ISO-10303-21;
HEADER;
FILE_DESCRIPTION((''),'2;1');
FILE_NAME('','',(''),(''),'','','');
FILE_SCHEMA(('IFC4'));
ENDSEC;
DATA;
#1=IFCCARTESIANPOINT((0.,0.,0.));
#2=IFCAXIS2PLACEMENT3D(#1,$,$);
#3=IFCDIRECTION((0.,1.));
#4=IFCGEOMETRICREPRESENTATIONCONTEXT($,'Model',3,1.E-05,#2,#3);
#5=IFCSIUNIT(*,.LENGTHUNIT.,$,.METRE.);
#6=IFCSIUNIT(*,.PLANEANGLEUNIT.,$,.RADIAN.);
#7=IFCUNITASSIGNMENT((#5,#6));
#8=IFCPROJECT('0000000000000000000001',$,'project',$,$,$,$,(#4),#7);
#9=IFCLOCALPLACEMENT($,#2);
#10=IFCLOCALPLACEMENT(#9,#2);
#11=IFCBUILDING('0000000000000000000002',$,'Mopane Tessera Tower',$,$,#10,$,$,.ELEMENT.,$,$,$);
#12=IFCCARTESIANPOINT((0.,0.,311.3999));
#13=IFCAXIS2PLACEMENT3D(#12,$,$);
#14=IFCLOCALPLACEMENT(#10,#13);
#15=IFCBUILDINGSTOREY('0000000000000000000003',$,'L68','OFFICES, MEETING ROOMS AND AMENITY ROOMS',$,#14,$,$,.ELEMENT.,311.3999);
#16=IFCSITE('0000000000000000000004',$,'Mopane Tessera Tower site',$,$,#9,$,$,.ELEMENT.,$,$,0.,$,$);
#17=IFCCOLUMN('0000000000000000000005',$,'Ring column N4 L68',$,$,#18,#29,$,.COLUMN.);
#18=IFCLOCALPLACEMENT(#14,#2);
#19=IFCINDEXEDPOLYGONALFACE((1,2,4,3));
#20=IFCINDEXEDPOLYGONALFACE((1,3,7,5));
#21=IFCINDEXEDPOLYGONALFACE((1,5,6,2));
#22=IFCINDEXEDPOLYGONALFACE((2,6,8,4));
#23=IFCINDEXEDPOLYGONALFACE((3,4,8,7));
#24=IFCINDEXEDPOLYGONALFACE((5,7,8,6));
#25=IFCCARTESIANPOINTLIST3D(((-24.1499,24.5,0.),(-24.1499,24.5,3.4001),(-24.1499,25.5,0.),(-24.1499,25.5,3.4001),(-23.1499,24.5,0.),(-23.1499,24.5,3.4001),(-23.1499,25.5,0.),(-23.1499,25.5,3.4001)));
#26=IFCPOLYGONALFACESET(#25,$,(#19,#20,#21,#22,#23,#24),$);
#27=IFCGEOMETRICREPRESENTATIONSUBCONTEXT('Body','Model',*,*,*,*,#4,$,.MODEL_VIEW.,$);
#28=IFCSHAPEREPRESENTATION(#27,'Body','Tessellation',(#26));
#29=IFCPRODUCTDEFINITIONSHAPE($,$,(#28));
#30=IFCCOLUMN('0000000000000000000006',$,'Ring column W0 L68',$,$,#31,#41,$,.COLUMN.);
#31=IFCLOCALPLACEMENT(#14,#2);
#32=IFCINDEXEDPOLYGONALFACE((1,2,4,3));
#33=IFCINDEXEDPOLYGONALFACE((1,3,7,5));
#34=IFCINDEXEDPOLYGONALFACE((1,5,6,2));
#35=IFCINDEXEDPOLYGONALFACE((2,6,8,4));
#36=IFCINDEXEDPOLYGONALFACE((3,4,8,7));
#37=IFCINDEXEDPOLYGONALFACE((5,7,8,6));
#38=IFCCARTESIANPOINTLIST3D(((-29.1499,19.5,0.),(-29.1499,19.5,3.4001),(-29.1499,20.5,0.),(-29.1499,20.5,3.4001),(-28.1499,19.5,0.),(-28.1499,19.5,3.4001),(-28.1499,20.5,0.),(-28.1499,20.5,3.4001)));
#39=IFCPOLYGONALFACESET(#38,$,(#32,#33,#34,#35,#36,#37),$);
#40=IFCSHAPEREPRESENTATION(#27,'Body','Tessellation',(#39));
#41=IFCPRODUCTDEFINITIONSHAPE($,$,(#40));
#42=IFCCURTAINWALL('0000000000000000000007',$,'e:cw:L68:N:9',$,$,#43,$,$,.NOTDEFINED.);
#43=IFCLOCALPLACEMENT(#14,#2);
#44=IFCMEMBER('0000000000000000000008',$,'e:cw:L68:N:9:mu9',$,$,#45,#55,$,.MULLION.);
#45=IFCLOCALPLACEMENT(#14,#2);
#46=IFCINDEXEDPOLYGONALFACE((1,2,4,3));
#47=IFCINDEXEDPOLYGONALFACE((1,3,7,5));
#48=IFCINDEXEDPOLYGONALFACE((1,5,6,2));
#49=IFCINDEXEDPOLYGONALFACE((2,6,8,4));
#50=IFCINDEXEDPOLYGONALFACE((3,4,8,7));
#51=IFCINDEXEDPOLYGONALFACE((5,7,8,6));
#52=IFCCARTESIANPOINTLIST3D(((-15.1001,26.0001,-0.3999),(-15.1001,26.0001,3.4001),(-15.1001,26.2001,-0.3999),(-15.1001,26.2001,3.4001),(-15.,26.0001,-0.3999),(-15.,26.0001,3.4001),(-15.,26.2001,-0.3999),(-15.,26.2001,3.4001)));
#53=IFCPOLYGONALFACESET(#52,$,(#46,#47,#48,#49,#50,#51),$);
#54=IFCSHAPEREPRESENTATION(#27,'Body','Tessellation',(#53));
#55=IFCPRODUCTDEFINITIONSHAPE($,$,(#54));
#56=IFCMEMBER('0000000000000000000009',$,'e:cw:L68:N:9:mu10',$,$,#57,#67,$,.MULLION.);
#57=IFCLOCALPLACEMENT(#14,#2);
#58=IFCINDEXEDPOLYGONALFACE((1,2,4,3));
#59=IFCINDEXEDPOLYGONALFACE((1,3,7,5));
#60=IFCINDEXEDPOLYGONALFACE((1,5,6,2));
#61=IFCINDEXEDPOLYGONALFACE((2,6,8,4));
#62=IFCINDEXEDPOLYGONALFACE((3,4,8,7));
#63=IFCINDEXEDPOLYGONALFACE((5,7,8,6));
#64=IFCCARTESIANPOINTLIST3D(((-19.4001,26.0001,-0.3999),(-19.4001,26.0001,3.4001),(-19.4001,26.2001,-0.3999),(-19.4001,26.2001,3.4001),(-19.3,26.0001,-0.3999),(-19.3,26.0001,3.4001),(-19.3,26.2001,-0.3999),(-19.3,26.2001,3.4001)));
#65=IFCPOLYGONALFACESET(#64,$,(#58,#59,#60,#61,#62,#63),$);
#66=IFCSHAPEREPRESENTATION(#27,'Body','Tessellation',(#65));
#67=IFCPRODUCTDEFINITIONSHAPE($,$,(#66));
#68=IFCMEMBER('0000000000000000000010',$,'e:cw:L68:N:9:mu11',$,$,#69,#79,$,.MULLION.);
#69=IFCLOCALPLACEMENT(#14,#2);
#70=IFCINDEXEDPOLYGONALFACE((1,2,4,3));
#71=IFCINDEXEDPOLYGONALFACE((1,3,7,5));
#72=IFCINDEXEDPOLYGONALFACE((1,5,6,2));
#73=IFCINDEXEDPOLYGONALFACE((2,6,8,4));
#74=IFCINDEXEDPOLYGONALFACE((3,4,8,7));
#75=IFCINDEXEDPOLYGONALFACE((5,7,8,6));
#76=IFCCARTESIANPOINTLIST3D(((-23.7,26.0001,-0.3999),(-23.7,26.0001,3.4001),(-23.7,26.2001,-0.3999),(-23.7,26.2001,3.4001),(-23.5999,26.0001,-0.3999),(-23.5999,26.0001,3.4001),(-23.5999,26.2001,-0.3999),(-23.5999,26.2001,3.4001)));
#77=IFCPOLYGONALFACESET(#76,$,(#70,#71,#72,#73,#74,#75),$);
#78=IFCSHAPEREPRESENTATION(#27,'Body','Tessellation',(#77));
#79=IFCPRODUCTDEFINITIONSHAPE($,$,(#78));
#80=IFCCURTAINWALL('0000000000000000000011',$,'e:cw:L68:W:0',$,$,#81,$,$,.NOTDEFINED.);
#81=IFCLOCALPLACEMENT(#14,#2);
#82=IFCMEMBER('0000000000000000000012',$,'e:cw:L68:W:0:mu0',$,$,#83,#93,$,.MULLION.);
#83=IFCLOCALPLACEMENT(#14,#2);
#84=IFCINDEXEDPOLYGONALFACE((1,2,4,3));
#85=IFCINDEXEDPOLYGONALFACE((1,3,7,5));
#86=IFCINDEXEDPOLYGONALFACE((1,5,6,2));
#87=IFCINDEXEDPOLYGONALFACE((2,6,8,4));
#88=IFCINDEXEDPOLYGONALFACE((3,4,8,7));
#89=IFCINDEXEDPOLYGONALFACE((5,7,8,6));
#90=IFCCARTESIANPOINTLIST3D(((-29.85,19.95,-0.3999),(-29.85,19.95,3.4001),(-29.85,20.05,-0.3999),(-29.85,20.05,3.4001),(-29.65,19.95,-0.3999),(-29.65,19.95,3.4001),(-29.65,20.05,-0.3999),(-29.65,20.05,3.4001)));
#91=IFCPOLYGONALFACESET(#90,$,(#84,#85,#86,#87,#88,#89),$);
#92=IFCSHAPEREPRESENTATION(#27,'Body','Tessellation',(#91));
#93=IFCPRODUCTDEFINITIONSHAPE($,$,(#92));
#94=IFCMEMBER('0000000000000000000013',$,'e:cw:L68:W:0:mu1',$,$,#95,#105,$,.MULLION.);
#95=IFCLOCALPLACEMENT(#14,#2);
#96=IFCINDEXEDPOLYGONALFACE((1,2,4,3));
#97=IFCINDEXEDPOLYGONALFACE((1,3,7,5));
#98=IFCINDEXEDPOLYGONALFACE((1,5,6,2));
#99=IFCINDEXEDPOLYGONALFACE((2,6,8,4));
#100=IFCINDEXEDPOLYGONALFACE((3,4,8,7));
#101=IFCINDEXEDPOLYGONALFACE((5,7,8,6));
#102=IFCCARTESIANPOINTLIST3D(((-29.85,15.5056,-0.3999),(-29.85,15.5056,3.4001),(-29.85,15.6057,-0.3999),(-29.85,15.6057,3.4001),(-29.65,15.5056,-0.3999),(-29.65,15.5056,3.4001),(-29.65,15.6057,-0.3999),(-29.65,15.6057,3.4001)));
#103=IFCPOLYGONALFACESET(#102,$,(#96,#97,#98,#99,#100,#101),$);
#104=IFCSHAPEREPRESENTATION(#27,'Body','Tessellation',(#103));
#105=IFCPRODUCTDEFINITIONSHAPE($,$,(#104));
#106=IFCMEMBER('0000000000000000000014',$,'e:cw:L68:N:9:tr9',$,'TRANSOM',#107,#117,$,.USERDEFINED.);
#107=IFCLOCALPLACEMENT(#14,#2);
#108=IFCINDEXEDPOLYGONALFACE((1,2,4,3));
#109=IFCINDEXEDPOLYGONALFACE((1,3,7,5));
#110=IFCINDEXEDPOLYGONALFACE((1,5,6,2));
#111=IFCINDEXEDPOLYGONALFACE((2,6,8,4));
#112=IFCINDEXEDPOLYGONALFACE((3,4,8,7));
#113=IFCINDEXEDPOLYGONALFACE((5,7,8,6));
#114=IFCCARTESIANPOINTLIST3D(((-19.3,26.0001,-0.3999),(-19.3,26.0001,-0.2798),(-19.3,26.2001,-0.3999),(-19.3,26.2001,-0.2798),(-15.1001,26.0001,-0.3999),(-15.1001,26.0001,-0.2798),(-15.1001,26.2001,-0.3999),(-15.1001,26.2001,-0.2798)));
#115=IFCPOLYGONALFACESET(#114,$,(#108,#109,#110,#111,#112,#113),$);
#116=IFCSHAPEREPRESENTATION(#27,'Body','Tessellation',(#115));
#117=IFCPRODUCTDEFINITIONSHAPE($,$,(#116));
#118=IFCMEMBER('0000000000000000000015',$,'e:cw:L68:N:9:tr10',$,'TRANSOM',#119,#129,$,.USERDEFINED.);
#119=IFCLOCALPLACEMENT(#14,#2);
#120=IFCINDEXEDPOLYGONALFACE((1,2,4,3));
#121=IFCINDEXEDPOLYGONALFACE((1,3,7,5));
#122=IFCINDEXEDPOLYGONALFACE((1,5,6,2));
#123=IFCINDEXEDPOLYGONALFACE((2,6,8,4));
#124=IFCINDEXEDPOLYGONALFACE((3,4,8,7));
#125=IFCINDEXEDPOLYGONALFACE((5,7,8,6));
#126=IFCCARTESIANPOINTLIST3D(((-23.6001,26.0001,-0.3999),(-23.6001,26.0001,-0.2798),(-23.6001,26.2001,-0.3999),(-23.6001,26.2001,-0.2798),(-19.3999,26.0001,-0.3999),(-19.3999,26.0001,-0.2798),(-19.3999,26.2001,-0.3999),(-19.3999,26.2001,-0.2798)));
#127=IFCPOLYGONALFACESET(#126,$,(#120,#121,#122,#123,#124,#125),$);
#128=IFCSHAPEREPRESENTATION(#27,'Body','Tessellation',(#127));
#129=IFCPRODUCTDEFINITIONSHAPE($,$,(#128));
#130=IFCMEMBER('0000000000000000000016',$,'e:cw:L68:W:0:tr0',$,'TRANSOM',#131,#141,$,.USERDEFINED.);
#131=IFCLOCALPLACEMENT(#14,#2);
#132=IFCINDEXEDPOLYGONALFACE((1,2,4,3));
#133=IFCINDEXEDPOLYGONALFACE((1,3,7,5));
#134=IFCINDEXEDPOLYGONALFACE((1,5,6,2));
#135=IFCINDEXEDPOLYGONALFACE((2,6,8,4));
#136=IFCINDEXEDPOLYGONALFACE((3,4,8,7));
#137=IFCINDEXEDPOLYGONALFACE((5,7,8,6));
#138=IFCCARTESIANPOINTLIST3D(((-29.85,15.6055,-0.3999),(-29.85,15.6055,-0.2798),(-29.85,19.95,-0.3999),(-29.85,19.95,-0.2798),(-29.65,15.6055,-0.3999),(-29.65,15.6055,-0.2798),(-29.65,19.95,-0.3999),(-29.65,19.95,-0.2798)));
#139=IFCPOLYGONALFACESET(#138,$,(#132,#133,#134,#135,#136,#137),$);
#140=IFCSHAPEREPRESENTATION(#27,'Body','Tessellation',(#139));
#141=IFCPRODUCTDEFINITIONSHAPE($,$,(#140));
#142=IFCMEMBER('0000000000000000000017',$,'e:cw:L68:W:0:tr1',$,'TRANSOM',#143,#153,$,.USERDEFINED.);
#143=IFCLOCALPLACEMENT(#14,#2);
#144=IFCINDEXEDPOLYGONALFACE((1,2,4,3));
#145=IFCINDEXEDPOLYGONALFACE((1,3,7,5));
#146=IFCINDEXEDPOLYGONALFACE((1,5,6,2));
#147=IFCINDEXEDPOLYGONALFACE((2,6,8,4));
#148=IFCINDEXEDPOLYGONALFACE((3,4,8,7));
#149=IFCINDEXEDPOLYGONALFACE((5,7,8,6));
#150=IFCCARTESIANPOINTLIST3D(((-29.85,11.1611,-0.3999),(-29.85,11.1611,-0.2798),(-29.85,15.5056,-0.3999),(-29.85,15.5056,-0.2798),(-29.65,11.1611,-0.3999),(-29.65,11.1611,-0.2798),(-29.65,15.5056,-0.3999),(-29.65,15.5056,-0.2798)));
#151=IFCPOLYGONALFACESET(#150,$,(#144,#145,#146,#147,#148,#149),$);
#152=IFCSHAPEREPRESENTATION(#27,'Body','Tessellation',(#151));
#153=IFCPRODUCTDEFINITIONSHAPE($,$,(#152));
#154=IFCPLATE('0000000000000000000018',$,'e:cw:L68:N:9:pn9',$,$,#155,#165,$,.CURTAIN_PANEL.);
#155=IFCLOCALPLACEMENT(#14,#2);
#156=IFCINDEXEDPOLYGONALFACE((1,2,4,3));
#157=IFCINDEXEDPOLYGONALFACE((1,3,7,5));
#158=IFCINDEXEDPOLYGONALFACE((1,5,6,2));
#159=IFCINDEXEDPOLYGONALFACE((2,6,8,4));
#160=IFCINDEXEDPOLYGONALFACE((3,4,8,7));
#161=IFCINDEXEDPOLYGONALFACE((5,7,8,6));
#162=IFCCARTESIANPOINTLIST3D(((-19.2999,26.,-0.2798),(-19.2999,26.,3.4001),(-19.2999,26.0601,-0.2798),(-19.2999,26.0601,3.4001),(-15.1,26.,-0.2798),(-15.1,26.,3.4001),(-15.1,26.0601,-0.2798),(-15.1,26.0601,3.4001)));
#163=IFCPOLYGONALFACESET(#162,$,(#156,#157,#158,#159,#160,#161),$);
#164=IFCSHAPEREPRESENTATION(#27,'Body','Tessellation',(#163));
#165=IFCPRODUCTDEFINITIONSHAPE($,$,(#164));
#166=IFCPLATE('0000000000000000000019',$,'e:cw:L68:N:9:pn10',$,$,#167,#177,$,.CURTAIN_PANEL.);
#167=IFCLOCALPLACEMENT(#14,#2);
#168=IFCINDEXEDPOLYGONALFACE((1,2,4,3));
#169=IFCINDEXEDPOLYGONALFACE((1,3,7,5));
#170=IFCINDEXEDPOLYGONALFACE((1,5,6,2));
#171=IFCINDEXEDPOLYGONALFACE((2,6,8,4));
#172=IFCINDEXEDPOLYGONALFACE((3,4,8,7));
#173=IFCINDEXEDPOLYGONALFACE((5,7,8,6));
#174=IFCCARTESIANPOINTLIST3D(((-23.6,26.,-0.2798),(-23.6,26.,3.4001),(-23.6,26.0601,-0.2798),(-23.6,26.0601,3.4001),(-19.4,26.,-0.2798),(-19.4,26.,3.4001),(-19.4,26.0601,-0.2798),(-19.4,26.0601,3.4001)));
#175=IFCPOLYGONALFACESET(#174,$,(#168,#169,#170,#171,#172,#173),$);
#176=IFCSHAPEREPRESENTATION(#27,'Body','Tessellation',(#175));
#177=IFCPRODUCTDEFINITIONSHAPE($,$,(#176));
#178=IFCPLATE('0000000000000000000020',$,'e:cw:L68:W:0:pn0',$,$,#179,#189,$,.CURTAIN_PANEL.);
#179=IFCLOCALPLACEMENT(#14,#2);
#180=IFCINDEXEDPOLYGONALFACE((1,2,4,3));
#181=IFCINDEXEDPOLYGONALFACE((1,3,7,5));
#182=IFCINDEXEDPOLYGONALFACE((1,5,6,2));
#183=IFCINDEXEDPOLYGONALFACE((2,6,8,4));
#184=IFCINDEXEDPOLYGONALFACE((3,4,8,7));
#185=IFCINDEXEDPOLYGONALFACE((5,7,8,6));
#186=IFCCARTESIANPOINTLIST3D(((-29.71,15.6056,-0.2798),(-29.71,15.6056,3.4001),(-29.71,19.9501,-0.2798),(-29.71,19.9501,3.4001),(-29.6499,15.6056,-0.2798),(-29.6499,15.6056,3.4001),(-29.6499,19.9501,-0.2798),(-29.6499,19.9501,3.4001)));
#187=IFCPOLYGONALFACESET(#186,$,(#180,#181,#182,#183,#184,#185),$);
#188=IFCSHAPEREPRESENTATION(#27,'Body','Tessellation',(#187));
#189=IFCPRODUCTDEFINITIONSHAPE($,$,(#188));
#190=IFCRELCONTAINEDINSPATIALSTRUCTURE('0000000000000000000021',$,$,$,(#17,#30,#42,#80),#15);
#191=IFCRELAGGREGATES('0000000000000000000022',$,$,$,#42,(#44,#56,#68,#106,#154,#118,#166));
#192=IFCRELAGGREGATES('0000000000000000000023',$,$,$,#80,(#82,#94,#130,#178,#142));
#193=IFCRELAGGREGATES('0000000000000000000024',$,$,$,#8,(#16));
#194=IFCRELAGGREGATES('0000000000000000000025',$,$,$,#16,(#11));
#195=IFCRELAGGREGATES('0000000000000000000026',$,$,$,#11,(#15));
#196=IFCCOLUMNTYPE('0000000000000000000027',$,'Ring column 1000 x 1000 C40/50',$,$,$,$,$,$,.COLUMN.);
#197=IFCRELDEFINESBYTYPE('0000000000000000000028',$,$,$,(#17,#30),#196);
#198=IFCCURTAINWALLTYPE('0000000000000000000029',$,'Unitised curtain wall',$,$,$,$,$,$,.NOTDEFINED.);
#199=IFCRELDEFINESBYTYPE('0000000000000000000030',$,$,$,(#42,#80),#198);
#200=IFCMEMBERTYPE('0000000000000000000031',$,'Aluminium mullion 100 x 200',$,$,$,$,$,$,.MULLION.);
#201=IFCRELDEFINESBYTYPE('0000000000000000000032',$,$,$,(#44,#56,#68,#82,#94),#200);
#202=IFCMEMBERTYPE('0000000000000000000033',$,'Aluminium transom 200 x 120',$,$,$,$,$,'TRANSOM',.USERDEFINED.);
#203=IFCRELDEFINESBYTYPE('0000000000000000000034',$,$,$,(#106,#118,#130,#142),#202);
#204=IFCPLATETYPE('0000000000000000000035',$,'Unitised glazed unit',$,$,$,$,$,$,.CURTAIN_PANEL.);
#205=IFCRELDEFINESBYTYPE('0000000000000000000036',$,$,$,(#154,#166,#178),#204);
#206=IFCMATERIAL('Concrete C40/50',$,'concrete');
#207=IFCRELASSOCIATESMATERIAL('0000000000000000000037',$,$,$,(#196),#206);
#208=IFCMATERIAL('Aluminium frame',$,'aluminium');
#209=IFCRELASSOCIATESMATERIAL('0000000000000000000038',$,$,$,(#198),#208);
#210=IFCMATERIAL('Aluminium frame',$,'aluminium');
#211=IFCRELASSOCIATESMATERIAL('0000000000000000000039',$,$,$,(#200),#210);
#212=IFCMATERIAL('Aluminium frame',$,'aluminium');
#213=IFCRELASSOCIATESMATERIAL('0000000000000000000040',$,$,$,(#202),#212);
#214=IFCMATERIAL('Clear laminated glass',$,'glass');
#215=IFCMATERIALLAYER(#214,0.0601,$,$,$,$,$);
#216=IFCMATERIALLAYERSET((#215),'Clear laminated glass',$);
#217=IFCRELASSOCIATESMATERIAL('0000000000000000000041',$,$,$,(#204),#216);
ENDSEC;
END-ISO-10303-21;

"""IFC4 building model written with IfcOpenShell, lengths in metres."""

from ifc_helpers import new_model, si_unit, direction, frame, origin, origin_2d, place, context, subcontext, project, spatial, rectangle, extrude, material, layer, layer_set, material_profile, profile_set, type_object, element, aggregate, save


model = new_model("IFC4")

# Units and contexts
model_context = context("Model", 3, precision=1e-05, world=origin(), true_north=direction((0.0, 1.0)))
body_context = subcontext(model_context, "Body", "Model", "MODEL_VIEW")
ifc_project = project(units=[si_unit("LENGTHUNIT", "METRE"), si_unit("PLANEANGLEUNIT", "RADIAN")], contexts=[model_context])

# Site, building, storey
site_placement = place(None, origin())
site = spatial("IfcSite", under=ifc_project, at=site_placement, Name="Mopane Tessera Tower site", CompositionType="ELEMENT", RefElevation=0.0)
building_placement = place(site_placement, origin())
building = spatial("IfcBuilding", under=site, at=building_placement, Name="Mopane Tessera Tower", CompositionType="ELEMENT")
storey_placement = place(building_placement, frame((0.0, 0.0, 311.3999)))
storey = spatial("IfcBuildingStorey", under=building, at=storey_placement, Name="L68", Description="OFFICES, MEETING ROOMS AND AMENITY ROOMS", CompositionType="ELEMENT", Elevation=311.3999)

# Columns
ifc_material_1 = material(Name="Concrete C40/50", Category="concrete")
ifc_material_profile_1 = material_profile(ifc_material_1, rectangle(XDim=1.0, YDim=1.0, at=origin_2d()))
ifc_profile_set_1 = profile_set([ifc_material_profile_1], Name="Concrete C40/50")
column_type = type_object("IfcColumnType", Name="Ring column 1000 x 1000 C40/50", PredefinedType="COLUMN", material=ifc_profile_set_1)
for number, where, z_axis, x_axis, name in (
    (1, (-23.6499, 25.0, 0.0), (0.0, 0.0, 1.0), (1.0, 0.0, 0.0), "Ring column N4 L68"),
    (2, (-28.6499, 20.0, 0.0), (0.0, 0.0, 1.0), (1.0, 0.0, 0.0), "Ring column W0 L68"),
):
    element("IfcColumn", number, at=place(storey_placement, frame(where, z_axis=z_axis, x_axis=x_axis)), inside=storey, type_object=column_type, Name=name, PredefinedType="COLUMN", context=body_context, shape_type="SweptSolid", body=[
        extrude(rectangle(XDim=1.0, YDim=1.0, at=origin_2d()), origin(), (0.0, 0.0, 1.0), 3.4001),
    ])

# Curtain walls, members
ifc_material_2 = material(Name="Aluminium frame", Category="aluminium")
curtain_wall_type = type_object("IfcCurtainWallType", Name="Unitised curtain wall", PredefinedType="NOTDEFINED", material=ifc_material_2)
curtain_wall_1_placement = place(storey_placement, origin())
curtain_wall_1 = element("IfcCurtainWall", 3, at=curtain_wall_1_placement, inside=storey, type_object=curtain_wall_type, Name="e:cw:L68:N:9", PredefinedType="NOTDEFINED")
ifc_material_3 = material(Name="Aluminium frame", Category="aluminium")
ifc_material_profile_2 = material_profile(ifc_material_3, rectangle(XDim=0.1001, YDim=0.2, at=origin_2d()))
ifc_profile_set_2 = profile_set([ifc_material_profile_2], Name="Aluminium frame")
member_type_1 = type_object("IfcMemberType", Name="Aluminium mullion 100 x 200", PredefinedType="MULLION", material=ifc_profile_set_2)
member_1_placement = place(storey_placement, frame((-15.05, 26.1001, -0.3999), z_axis=(0.0, 0.0, 1.0), x_axis=(-1.0, 0.0, 0.0)))
member_1 = element("IfcMember", 4, at=member_1_placement, type_object=member_type_1, Name="e:cw:L68:N:9:mu9", PredefinedType="MULLION", context=body_context, shape_type="SweptSolid", body=[
    extrude(rectangle(XDim=0.1001, YDim=0.2, at=origin_2d()), origin(), (0.0, 0.0, 1.0), 3.8),
])
member_2_placement = place(storey_placement, frame((-19.3501, 26.1001, -0.3999), z_axis=(0.0, 0.0, 1.0), x_axis=(-1.0, 0.0, 0.0)))
member_2 = element("IfcMember", 5, at=member_2_placement, type_object=member_type_1, Name="e:cw:L68:N:9:mu10", PredefinedType="MULLION", context=body_context, shape_type="SweptSolid", body=[
    extrude(rectangle(XDim=0.1001, YDim=0.2, at=origin_2d()), origin(), (0.0, 0.0, 1.0), 3.8),
])
member_3_placement = place(storey_placement, frame((-23.6499, 26.1001, -0.3999), z_axis=(0.0, 0.0, 1.0), x_axis=(-1.0, 0.0, 0.0)))
member_3 = element("IfcMember", 6, at=member_3_placement, type_object=member_type_1, Name="e:cw:L68:N:9:mu11", PredefinedType="MULLION", context=body_context, shape_type="SweptSolid", body=[
    extrude(rectangle(XDim=0.1001, YDim=0.2, at=origin_2d()), origin(), (0.0, 0.0, 1.0), 3.8),
])
curtain_wall_2_placement = place(storey_placement, origin())
curtain_wall_2 = element("IfcCurtainWall", 7, at=curtain_wall_2_placement, inside=storey, type_object=curtain_wall_type, Name="e:cw:L68:W:0", PredefinedType="NOTDEFINED")
member_4_placement = place(storey_placement, frame((-29.75, 20.0, -0.3999), z_axis=(0.0, 0.0, 1.0), x_axis=(0.0, -1.0, 0.0)))
member_4 = element("IfcMember", 8, at=member_4_placement, type_object=member_type_1, Name="e:cw:L68:W:0:mu0", PredefinedType="MULLION", context=body_context, shape_type="SweptSolid", body=[
    extrude(rectangle(XDim=0.1001, YDim=0.2, at=origin_2d()), origin(), (0.0, 0.0, 1.0), 3.8),
])
member_5_placement = place(storey_placement, frame((-29.75, 15.5557, -0.3999), z_axis=(0.0, 0.0, 1.0), x_axis=(0.0, -1.0, 0.0)))
member_5 = element("IfcMember", 9, at=member_5_placement, type_object=member_type_1, Name="e:cw:L68:W:0:mu1", PredefinedType="MULLION", context=body_context, shape_type="SweptSolid", body=[
    extrude(rectangle(XDim=0.1001, YDim=0.2, at=origin_2d()), origin(), (0.0, 0.0, 1.0), 3.8),
])

# Members
ifc_material_4 = material(Name="Aluminium frame", Category="aluminium")
ifc_material_profile_3 = material_profile(ifc_material_4, rectangle(XDim=0.2, YDim=0.1201, at=origin_2d()))
ifc_profile_set_3 = profile_set([ifc_material_profile_3], Name="Aluminium frame")
member_type_2 = type_object("IfcMemberType", Name="Aluminium transom 200 x 120", ElementType="TRANSOM", PredefinedType="USERDEFINED", material=ifc_profile_set_3)
member_6_placement = place(storey_placement, frame((-15.1001, 26.1001, -0.3398), z_axis=(-1.0, 0.0, 0.0), x_axis=(0.0, -1.0, 0.0)))
member_6 = element("IfcMember", 10, at=member_6_placement, type_object=member_type_2, Name="e:cw:L68:N:9:tr9", ObjectType="TRANSOM", PredefinedType="USERDEFINED", context=body_context, shape_type="SweptSolid", body=[
    extrude(rectangle(XDim=0.2, YDim=0.1201, at=origin_2d()), origin(), (0.0, 0.0, 1.0), 4.2),
])
member_7_placement = place(storey_placement, frame((-19.3999, 26.1001, -0.3398), z_axis=(-1.0, 0.0, 0.0), x_axis=(0.0, -1.0, 0.0)))
member_7 = element("IfcMember", 11, at=member_7_placement, type_object=member_type_2, Name="e:cw:L68:N:9:tr10", ObjectType="TRANSOM", PredefinedType="USERDEFINED", context=body_context, shape_type="SweptSolid", body=[
    extrude(rectangle(XDim=0.2, YDim=0.1201, at=origin_2d()), origin(), (0.0, 0.0, 1.0), 4.2002),
])
member_8_placement = place(storey_placement, frame((-29.75, 19.95, -0.3398), z_axis=(0.0, -1.0, 0.0), x_axis=(1.0, 0.0, 0.0)))
member_8 = element("IfcMember", 12, at=member_8_placement, type_object=member_type_2, Name="e:cw:L68:W:0:tr0", ObjectType="TRANSOM", PredefinedType="USERDEFINED", context=body_context, shape_type="SweptSolid", body=[
    extrude(rectangle(XDim=0.2, YDim=0.1201, at=origin_2d()), origin(), (0.0, 0.0, 1.0), 4.3445),
])
member_9_placement = place(storey_placement, frame((-29.75, 15.5056, -0.3398), z_axis=(0.0, -1.0, 0.0), x_axis=(1.0, 0.0, 0.0)))
member_9 = element("IfcMember", 13, at=member_9_placement, type_object=member_type_2, Name="e:cw:L68:W:0:tr1", ObjectType="TRANSOM", PredefinedType="USERDEFINED", context=body_context, shape_type="SweptSolid", body=[
    extrude(rectangle(XDim=0.2, YDim=0.1201, at=origin_2d()), origin(), (0.0, 0.0, 1.0), 4.3445),
])

# Plates
ifc_material_5 = material(Name="Clear laminated glass", Category="glass")
ifc_layer_1 = layer(ifc_material_5, 0.0601)
ifc_layer_set_1 = layer_set([ifc_layer_1], Name="Clear laminated glass")
plate_type = type_object("IfcPlateType", Name="Unitised glazed unit", PredefinedType="CURTAIN_PANEL", material=ifc_layer_set_1)
plate_1_placement = place(storey_placement, frame((-17.2, 26.03, -0.2798), z_axis=(0.0, 0.0, 1.0), x_axis=(-1.0, 0.0, 0.0)))
plate_1 = element("IfcPlate", 14, at=plate_1_placement, type_object=plate_type, Name="e:cw:L68:N:9:pn9", PredefinedType="CURTAIN_PANEL", context=body_context, shape_type="SweptSolid", body=[
    extrude(rectangle(XDim=4.2, YDim=0.0601, at=origin_2d()), origin(), (0.0, 0.0, 1.0), 3.6799),
])
plate_2_placement = place(storey_placement, frame((-21.5, 26.03, -0.2798), z_axis=(0.0, 0.0, 1.0), x_axis=(-1.0, 0.0, 0.0)))
plate_2 = element("IfcPlate", 15, at=plate_2_placement, type_object=plate_type, Name="e:cw:L68:N:9:pn10", PredefinedType="CURTAIN_PANEL", context=body_context, shape_type="SweptSolid", body=[
    extrude(rectangle(XDim=4.2, YDim=0.0601, at=origin_2d()), origin(), (0.0, 0.0, 1.0), 3.6799),
])
aggregate(curtain_wall_1, [member_1, member_2, member_3, member_6, plate_1, member_7, plate_2])
plate_3_placement = place(storey_placement, frame((-29.6799, 17.7778, -0.2798), z_axis=(0.0, 0.0, 1.0), x_axis=(0.0, -1.0, 0.0)))
plate_3 = element("IfcPlate", 16, at=plate_3_placement, type_object=plate_type, Name="e:cw:L68:W:0:pn0", PredefinedType="CURTAIN_PANEL", context=body_context, shape_type="SweptSolid", body=[
    extrude(rectangle(XDim=4.3445, YDim=0.0601, at=origin_2d()), origin(), (0.0, 0.0, 1.0), 3.6799),
])
aggregate(curtain_wall_2, [member_4, member_5, member_8, plate_3, member_9])

save(model, "model.ifc")
